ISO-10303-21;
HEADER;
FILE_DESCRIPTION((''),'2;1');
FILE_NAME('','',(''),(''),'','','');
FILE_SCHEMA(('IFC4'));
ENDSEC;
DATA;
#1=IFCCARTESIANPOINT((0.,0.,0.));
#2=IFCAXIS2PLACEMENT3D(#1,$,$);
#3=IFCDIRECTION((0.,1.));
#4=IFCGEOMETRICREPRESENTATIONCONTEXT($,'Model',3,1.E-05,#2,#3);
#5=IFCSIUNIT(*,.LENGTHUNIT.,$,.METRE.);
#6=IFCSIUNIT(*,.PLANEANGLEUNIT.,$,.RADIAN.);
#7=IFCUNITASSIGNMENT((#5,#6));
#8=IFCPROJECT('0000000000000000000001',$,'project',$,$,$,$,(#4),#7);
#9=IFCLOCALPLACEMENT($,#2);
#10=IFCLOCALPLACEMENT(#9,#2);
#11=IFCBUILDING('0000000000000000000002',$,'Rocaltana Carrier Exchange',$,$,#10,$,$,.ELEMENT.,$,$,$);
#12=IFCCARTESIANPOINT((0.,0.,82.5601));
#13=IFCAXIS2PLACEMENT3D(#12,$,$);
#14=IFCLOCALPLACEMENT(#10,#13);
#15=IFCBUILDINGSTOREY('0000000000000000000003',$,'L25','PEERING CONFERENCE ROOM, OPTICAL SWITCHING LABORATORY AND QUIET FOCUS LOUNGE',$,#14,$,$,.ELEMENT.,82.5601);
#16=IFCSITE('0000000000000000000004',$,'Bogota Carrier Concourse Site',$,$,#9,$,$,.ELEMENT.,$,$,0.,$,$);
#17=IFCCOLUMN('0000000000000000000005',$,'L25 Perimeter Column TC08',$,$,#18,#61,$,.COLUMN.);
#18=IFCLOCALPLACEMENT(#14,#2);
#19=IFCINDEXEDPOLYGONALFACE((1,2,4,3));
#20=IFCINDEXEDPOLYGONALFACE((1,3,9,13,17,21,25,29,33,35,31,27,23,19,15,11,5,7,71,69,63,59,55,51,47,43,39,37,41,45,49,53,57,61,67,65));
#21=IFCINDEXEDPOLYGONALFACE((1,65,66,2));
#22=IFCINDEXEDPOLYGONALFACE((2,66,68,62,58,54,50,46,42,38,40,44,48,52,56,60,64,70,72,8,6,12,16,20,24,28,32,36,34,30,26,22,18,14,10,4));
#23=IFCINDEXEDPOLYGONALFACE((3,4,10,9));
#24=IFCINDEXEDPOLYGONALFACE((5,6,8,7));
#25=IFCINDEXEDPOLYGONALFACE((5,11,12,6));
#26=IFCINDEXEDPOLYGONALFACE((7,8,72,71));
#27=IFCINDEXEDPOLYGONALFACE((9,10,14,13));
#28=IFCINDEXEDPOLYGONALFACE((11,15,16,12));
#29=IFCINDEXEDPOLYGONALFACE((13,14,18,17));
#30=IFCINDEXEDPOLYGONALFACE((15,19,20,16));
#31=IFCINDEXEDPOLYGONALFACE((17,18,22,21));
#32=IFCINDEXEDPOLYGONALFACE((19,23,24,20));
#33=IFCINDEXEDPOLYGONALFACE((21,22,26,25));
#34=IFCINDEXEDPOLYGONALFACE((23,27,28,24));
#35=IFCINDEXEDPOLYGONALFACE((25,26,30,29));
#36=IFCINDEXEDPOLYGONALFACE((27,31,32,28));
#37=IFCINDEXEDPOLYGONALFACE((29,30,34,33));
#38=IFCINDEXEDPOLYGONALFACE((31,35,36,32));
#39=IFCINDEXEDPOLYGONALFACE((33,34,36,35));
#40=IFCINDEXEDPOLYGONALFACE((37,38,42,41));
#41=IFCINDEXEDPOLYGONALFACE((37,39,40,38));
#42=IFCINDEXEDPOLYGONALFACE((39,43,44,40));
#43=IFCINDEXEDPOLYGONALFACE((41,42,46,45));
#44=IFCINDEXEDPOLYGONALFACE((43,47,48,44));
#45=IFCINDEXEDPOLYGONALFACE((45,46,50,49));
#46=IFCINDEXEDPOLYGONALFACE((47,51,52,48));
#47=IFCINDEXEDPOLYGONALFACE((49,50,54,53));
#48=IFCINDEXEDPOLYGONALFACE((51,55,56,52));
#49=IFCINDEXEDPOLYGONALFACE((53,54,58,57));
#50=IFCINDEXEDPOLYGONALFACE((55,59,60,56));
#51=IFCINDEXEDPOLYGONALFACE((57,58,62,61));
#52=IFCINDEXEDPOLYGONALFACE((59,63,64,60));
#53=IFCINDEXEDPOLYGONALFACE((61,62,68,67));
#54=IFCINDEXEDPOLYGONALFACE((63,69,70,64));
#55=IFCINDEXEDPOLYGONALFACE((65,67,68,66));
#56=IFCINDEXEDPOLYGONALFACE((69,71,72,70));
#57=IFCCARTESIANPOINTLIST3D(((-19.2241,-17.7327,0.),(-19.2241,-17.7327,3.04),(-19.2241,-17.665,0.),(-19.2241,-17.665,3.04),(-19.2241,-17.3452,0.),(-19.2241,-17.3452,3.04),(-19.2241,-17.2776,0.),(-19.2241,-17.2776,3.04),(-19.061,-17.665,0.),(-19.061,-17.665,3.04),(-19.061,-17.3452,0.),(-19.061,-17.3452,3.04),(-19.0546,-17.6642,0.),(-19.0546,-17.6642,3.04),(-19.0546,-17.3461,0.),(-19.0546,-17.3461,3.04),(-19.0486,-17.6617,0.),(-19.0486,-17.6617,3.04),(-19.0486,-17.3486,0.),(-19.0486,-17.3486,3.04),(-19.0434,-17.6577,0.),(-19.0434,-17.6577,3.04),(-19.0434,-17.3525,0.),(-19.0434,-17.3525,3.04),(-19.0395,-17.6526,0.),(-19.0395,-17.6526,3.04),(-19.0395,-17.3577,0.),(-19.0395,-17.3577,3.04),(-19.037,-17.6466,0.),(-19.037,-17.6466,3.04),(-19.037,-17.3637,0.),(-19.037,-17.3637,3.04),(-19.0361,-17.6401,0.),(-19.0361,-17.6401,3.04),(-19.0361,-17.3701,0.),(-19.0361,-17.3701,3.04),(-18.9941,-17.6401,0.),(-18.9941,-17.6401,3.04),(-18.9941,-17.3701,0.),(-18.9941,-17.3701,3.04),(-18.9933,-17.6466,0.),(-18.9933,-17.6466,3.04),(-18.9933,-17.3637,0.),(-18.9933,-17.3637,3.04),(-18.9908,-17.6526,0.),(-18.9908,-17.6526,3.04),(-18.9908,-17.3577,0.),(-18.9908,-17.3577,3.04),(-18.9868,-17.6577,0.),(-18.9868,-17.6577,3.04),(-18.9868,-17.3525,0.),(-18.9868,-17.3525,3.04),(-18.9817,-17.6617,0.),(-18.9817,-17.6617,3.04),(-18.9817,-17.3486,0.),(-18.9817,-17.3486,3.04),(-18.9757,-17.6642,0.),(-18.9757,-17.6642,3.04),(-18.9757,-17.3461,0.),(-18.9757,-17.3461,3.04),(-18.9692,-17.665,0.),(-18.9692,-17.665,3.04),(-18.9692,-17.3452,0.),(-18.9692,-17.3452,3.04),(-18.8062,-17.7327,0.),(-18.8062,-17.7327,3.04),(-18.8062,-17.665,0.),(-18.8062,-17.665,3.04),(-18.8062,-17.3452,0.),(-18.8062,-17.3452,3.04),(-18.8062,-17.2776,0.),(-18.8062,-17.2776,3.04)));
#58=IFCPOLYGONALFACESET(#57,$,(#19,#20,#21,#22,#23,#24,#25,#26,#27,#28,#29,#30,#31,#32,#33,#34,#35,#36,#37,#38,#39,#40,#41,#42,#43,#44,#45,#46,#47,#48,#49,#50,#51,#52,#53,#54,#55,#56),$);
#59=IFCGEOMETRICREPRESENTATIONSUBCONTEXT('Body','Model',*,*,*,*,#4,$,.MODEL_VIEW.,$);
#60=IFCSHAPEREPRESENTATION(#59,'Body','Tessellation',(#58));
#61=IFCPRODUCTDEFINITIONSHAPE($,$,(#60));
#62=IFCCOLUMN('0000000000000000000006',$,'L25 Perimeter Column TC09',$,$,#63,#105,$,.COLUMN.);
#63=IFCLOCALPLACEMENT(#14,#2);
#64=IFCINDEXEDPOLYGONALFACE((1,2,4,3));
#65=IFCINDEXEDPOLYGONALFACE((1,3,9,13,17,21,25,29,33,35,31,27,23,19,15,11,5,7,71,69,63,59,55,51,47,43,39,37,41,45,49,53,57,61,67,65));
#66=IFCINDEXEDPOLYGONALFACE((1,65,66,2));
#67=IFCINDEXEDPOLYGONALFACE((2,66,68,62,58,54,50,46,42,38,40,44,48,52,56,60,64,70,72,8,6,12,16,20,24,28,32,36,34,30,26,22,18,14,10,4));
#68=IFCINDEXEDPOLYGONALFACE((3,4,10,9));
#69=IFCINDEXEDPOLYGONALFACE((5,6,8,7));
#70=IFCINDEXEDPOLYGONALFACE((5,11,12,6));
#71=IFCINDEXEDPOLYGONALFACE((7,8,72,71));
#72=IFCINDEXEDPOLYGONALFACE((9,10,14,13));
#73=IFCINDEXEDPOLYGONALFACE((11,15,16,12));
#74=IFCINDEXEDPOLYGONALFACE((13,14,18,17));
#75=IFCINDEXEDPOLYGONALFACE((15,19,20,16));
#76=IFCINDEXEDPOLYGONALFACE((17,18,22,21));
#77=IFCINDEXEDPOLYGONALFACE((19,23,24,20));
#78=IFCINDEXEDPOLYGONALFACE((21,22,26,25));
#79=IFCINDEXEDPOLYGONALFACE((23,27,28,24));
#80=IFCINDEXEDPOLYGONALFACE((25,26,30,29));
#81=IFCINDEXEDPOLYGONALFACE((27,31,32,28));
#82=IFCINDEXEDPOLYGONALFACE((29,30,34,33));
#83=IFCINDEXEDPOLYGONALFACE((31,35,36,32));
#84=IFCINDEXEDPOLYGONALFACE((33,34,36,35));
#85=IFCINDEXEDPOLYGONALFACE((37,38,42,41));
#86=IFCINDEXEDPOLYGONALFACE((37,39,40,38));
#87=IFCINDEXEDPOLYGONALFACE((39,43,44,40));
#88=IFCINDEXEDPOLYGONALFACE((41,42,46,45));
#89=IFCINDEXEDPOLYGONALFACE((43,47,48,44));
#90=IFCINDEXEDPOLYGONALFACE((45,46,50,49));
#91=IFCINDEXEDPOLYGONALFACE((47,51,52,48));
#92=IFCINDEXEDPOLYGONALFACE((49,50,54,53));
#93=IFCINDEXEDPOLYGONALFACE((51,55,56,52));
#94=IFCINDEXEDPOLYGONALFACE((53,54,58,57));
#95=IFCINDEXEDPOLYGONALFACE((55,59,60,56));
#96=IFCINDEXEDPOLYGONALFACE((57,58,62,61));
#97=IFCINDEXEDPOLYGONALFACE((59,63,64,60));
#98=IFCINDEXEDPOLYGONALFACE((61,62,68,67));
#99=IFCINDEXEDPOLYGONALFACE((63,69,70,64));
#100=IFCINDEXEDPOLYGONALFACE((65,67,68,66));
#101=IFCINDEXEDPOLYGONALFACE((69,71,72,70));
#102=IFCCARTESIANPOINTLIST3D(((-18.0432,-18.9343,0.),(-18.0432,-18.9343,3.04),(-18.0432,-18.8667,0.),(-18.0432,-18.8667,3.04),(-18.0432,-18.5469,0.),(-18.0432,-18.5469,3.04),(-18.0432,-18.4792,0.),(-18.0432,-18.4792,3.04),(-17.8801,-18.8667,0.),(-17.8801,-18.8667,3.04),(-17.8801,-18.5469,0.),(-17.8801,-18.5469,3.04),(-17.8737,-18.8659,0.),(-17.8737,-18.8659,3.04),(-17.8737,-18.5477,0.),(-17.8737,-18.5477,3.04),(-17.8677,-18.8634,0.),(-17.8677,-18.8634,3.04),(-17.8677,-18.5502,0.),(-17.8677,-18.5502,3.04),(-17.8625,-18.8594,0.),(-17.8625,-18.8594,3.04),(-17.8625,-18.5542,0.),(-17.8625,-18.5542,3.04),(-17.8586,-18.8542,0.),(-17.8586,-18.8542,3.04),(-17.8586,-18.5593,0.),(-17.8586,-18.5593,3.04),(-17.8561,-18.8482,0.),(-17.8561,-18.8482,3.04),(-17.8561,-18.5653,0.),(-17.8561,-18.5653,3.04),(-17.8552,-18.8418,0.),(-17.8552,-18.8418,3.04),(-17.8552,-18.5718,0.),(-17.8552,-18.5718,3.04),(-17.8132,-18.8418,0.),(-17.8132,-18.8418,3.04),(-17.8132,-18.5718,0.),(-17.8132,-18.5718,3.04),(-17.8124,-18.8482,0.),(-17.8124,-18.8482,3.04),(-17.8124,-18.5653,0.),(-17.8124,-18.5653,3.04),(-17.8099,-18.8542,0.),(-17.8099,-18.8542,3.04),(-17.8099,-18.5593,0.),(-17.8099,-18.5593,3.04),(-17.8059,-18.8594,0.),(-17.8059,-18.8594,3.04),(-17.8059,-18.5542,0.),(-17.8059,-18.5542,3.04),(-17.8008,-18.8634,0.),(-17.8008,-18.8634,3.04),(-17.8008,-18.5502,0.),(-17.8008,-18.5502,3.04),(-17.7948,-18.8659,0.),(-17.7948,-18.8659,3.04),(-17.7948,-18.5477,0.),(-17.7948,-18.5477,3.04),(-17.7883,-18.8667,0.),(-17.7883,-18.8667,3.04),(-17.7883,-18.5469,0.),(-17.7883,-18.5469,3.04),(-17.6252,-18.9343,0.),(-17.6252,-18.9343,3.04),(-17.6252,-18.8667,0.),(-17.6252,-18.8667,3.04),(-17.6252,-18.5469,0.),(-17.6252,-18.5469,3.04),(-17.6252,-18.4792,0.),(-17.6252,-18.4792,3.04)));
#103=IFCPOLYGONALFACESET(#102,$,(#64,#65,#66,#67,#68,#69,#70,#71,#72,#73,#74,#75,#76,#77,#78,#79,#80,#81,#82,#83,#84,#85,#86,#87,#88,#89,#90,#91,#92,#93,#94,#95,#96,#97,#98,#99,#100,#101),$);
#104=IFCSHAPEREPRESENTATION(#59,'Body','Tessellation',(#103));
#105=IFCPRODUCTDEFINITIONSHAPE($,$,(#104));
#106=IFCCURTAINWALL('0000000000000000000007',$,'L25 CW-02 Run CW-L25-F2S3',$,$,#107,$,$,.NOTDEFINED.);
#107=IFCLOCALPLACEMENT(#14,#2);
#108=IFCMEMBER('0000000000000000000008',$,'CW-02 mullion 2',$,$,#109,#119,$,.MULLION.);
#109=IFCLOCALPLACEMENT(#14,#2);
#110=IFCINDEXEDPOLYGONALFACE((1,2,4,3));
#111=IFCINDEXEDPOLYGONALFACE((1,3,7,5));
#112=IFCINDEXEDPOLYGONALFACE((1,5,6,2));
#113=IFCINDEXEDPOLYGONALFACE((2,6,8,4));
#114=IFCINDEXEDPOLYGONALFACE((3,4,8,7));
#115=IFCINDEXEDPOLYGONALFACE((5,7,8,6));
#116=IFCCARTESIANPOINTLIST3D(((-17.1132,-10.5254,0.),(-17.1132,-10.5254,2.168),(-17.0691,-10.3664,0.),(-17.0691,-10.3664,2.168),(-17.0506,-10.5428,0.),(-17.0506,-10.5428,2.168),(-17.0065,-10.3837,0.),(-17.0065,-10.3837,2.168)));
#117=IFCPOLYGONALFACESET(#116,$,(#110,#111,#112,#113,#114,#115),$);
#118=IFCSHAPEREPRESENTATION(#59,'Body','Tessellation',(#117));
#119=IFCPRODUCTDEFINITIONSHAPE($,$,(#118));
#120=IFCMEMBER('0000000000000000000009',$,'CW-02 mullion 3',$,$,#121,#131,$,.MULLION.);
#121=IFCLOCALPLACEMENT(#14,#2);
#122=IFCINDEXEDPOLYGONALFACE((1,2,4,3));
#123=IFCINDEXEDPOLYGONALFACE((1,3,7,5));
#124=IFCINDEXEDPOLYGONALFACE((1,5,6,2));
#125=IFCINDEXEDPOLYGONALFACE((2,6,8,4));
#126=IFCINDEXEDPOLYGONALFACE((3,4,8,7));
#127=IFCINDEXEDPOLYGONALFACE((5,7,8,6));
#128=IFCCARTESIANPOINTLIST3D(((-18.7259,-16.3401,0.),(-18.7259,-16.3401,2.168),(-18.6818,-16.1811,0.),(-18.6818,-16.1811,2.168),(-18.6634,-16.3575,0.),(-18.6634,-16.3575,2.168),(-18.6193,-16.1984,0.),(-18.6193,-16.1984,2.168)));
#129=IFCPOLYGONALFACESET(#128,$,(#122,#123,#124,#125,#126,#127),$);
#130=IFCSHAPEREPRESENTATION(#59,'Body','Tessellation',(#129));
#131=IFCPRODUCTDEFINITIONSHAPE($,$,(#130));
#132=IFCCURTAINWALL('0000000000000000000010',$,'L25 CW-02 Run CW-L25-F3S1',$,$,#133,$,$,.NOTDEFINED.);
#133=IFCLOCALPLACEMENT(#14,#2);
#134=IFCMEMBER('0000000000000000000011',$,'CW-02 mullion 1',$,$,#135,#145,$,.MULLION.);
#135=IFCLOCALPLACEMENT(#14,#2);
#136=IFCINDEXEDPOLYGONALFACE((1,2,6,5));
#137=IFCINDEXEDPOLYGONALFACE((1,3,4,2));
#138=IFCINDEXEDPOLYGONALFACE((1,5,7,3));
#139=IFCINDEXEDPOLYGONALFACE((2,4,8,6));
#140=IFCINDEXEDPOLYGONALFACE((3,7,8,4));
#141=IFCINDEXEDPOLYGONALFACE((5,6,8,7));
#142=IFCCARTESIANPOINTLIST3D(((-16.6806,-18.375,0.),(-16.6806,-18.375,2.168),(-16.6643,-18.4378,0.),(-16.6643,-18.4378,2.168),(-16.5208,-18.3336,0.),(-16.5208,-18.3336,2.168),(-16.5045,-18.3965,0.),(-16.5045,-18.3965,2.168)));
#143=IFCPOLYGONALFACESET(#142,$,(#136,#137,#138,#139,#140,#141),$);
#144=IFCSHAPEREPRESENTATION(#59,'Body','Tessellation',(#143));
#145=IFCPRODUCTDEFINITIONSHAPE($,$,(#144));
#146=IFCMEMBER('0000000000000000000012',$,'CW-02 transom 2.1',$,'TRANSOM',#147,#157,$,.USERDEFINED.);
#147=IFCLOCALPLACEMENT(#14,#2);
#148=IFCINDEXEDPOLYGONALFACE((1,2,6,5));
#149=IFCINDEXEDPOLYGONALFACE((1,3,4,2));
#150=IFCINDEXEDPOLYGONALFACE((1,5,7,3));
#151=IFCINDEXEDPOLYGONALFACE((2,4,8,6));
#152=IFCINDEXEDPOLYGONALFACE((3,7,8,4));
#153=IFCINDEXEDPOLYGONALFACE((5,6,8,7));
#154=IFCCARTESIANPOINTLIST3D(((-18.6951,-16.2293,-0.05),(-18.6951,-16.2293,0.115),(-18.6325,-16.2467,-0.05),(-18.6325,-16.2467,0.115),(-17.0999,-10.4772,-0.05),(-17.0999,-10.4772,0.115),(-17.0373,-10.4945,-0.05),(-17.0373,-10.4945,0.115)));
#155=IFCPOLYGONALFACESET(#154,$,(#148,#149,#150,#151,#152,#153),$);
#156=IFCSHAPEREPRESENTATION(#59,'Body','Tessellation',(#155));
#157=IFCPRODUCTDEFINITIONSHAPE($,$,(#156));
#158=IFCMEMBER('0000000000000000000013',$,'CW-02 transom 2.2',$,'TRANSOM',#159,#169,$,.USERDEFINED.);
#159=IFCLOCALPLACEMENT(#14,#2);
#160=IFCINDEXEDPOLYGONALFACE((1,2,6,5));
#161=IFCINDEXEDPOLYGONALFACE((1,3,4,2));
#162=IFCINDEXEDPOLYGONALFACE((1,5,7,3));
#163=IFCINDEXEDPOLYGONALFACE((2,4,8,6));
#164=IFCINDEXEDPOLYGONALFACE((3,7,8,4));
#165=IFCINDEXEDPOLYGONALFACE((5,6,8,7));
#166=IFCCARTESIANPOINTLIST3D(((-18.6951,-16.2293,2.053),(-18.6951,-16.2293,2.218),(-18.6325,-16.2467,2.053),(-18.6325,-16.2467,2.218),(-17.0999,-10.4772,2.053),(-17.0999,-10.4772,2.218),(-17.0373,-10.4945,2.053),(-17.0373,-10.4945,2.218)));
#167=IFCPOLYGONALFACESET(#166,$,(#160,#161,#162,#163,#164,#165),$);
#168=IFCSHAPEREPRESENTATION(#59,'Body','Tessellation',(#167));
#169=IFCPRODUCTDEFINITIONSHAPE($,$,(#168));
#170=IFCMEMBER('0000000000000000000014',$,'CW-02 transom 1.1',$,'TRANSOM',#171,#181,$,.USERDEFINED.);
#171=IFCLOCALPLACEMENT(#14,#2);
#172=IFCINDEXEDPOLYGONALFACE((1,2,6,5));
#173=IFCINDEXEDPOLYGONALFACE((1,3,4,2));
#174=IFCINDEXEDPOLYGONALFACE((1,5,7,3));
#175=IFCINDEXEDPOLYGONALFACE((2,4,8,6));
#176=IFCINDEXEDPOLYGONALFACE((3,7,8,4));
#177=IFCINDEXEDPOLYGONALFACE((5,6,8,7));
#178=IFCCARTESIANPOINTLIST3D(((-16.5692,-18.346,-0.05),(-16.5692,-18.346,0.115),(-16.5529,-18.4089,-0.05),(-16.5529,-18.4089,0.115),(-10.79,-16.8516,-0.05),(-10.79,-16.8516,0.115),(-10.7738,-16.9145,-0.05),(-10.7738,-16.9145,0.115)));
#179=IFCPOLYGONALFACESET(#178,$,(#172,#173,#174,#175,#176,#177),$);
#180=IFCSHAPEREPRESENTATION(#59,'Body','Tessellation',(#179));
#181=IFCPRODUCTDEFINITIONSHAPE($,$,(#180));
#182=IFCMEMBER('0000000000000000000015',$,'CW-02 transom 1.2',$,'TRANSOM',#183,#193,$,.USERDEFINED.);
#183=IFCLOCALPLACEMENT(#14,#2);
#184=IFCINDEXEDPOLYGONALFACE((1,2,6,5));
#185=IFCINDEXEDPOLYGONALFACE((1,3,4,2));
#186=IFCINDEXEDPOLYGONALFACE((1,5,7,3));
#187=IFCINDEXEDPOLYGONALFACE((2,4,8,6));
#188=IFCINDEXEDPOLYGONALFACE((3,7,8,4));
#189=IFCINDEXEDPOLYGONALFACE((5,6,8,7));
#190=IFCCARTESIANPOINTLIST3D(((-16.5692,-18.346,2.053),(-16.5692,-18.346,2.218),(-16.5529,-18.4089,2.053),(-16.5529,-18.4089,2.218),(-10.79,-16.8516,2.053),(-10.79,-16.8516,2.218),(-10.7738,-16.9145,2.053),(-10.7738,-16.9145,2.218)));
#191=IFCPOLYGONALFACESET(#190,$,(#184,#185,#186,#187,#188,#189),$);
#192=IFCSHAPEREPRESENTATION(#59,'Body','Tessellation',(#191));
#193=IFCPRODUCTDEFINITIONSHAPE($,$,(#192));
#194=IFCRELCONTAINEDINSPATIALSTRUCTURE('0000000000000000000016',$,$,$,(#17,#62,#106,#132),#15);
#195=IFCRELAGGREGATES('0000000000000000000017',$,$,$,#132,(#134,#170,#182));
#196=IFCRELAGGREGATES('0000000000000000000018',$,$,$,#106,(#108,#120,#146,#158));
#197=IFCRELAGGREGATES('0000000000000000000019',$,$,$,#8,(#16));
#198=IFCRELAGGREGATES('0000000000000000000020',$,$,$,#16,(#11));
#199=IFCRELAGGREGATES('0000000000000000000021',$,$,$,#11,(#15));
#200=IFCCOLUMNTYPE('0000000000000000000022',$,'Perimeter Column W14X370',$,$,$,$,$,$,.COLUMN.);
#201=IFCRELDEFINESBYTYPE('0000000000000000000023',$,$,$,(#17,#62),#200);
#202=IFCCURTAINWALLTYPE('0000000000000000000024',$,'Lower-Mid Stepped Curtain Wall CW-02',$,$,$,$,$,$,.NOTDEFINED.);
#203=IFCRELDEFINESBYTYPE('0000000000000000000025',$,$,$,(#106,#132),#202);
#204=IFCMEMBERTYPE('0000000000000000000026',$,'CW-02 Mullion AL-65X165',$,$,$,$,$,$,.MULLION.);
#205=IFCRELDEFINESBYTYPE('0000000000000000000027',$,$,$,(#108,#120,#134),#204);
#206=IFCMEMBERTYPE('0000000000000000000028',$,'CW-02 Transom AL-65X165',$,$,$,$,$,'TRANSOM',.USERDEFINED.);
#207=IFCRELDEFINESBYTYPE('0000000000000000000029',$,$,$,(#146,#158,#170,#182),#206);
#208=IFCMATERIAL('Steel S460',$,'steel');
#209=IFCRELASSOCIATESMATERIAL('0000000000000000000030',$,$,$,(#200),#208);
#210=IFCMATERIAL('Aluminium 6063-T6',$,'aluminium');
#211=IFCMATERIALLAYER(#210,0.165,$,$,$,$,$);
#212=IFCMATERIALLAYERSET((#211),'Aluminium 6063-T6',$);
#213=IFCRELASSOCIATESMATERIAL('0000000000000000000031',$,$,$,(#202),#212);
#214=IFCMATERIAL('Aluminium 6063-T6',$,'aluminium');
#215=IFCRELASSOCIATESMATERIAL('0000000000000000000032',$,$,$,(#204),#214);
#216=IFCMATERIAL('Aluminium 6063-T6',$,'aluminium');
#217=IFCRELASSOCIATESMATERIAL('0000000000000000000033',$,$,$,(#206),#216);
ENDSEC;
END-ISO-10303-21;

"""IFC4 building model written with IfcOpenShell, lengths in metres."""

from ifc_helpers import new_model, si_unit, direction, frame, origin, origin_2d, place, context, subcontext, project, spatial, rectangle, i_section, extrude, material, layer, layer_set, material_profile, profile_set, type_object, element, aggregate, save


model = new_model("IFC4")

# Units and contexts
model_context = context("Model", 3, precision=1e-05, world=origin(), true_north=direction((0.0, 1.0)))
body_context = subcontext(model_context, "Body", "Model", "MODEL_VIEW")
ifc_project = project(units=[si_unit("LENGTHUNIT", "METRE"), si_unit("PLANEANGLEUNIT", "RADIAN")], contexts=[model_context])

# Site, building, storey
site_placement = place(None, origin())
site = spatial("IfcSite", under=ifc_project, at=site_placement, Name="Bogota Carrier Concourse Site", CompositionType="ELEMENT", RefElevation=0.0)
building_placement = place(site_placement, origin())
building = spatial("IfcBuilding", under=site, at=building_placement, Name="Rocaltana Carrier Exchange", CompositionType="ELEMENT")
storey_placement = place(building_placement, frame((0.0, 0.0, 82.5601)))
storey = spatial("IfcBuildingStorey", under=building, at=storey_placement, Name="L25", Description="PEERING CONFERENCE ROOM, OPTICAL SWITCHING LABORATORY AND QUIET FOCUS LOUNGE", CompositionType="ELEMENT", Elevation=82.5601)

# Columns
ifc_material_1 = material(Name="Steel S460", Category="steel")
ifc_material_profile_1 = material_profile(ifc_material_1, i_section(OverallWidth=0.418, OverallDepth=0.4551, WebThickness=0.042, FlangeThickness=0.0676, FilletRadius=0.0249, at=origin_2d()), Name="W14X370")
ifc_profile_set_1 = profile_set([ifc_material_profile_1], Name="Steel S460")
column_type = type_object("IfcColumnType", Name="Perimeter Column W14X370", PredefinedType="COLUMN", material=ifc_profile_set_1)
for number, where, z_axis, x_axis, name in (
    (1, (-19.0151, -17.5051, 0.0), (0.0, 0.0, 1.0), (1.0, 0.0, 0.0), "L25 Perimeter Column TC08"),
    (2, (-17.8342, -18.7068, 0.0), (0.0, 0.0, 1.0), (1.0, 0.0, 0.0), "L25 Perimeter Column TC09"),
):
    element("IfcColumn", number, at=place(storey_placement, frame(where, z_axis=z_axis, x_axis=x_axis)), inside=storey, type_object=column_type, Name=name, PredefinedType="COLUMN", context=body_context, shape_type="SweptSolid", body=[
        extrude(i_section(OverallWidth=0.418, OverallDepth=0.4551, WebThickness=0.042, FlangeThickness=0.0676, FilletRadius=0.0249, at=origin_2d()), origin(), (0.0, 0.0, 1.0), 3.04),
    ])

# Curtain wall, members
ifc_material_2 = material(Name="Aluminium 6063-T6", Category="aluminium")
ifc_layer_1 = layer(ifc_material_2, 0.165)
ifc_layer_set_1 = layer_set([ifc_layer_1], Name="Aluminium 6063-T6")
curtain_wall_type = type_object("IfcCurtainWallType", Name="Lower-Mid Stepped Curtain Wall CW-02", PredefinedType="NOTDEFINED", material=ifc_layer_set_1)
curtain_wall_1_placement = place(storey_placement, origin())
curtain_wall_1 = element("IfcCurtainWall", 3, at=curtain_wall_1_placement, inside=storey, type_object=curtain_wall_type, Name="L25 CW-02 Run CW-L25-F2S3", PredefinedType="NOTDEFINED")
ifc_material_3 = material(Name="Aluminium 6063-T6", Category="aluminium")
ifc_material_profile_2 = material_profile(ifc_material_3, rectangle(XDim=0.0649, YDim=0.165, at=origin_2d()), Name="AL-65X165")
ifc_profile_set_2 = profile_set([ifc_material_profile_2], Name="Aluminium 6063-T6")
member_type_1 = type_object("IfcMemberType", Name="CW-02 Mullion AL-65X165", PredefinedType="MULLION", material=ifc_profile_set_2)
member_1_placement = place(storey_placement, frame((-17.0598, -10.4546, 0.0), z_axis=(0.0, 0.0, 1.0), x_axis=(0.963629, -0.267243, 0.0)))
member_1 = element("IfcMember", 4, at=member_1_placement, type_object=member_type_1, Name="CW-02 mullion 2", PredefinedType="MULLION", context=body_context, shape_type="SweptSolid", body=[
    extrude(rectangle(XDim=0.0649, YDim=0.165, at=origin_2d()), origin(), (0.0, 0.0, 1.0), 2.168),
])
member_2_placement = place(storey_placement, frame((-18.6726, -16.2693, 0.0), z_axis=(0.0, 0.0, 1.0), x_axis=(0.963629, -0.267243, 0.0)))
member_2 = element("IfcMember", 5, at=member_2_placement, type_object=member_type_1, Name="CW-02 mullion 3", PredefinedType="MULLION", context=body_context, shape_type="SweptSolid", body=[
    extrude(rectangle(XDim=0.0649, YDim=0.165, at=origin_2d()), origin(), (0.0, 0.0, 1.0), 2.168),
])

# Curtain wall, member
curtain_wall_2_placement = place(storey_placement, origin())
curtain_wall_2 = element("IfcCurtainWall", 6, at=curtain_wall_2_placement, inside=storey, type_object=curtain_wall_type, Name="L25 CW-02 Run CW-L25-F3S1", PredefinedType="NOTDEFINED")
member_3_placement = place(storey_placement, frame((-16.5925, -18.3857, 0.0), z_axis=(0.0, 0.0, 1.0), x_axis=(-0.250378, 0.968148, 0.0)))
member_3 = element("IfcMember", 7, at=member_3_placement, type_object=member_type_1, Name="CW-02 mullion 1", PredefinedType="MULLION", context=body_context, shape_type="SweptSolid", body=[
    extrude(rectangle(XDim=0.0649, YDim=0.165, at=origin_2d()), origin(), (0.0, 0.0, 1.0), 2.168),
])

# Members
ifc_material_4 = material(Name="Aluminium 6063-T6", Category="aluminium")
ifc_material_profile_3 = material_profile(ifc_material_4, rectangle(XDim=0.0649, YDim=0.165, at=origin_2d()), Name="AL-65X165")
ifc_profile_set_3 = profile_set([ifc_material_profile_3], Name="Aluminium 6063-T6")
member_type_2 = type_object("IfcMemberType", Name="CW-02 Transom AL-65X165", ElementType="TRANSOM", PredefinedType="USERDEFINED", material=ifc_profile_set_3)
member_4_placement = place(storey_placement, frame((-17.0686, -10.4858, 0.0325), z_axis=(-0.267237, -0.963631, 0.0), x_axis=(0.963631, -0.267237, 0.0)))
member_4 = element("IfcMember", 8, at=member_4_placement, type_object=member_type_2, Name="CW-02 transom 2.1", ObjectType="TRANSOM", PredefinedType="USERDEFINED", context=body_context, shape_type="SweptSolid", body=[
    extrude(rectangle(XDim=0.0649, YDim=0.165, at=origin_2d()), origin(), (0.0, 0.0, 1.0), 5.9692),
])
member_5_placement = place(storey_placement, frame((-17.0686, -10.4858, 2.1355), z_axis=(-0.267237, -0.963631, 0.0), x_axis=(0.963631, -0.267237, 0.0)))
member_5 = element("IfcMember", 9, at=member_5_placement, type_object=member_type_2, Name="CW-02 transom 2.2", ObjectType="TRANSOM", PredefinedType="USERDEFINED", context=body_context, shape_type="SweptSolid", body=[
    extrude(rectangle(XDim=0.0649, YDim=0.165, at=origin_2d()), origin(), (0.0, 0.0, 1.0), 5.9692),
])
member_6_placement = place(storey_placement, frame((-16.561, -18.3774, 0.0325), z_axis=(0.968155, 0.250352, 0.0), x_axis=(-0.250352, 0.968155, 0.0)))
member_6 = element("IfcMember", 10, at=member_6_placement, type_object=member_type_2, Name="CW-02 transom 1.1", ObjectType="TRANSOM", PredefinedType="USERDEFINED", context=body_context, shape_type="SweptSolid", body=[
    extrude(rectangle(XDim=0.0649, YDim=0.165, at=origin_2d()), origin(), (0.0, 0.0, 1.0), 5.9692),
])
member_7_placement = place(storey_placement, frame((-16.561, -18.3774, 2.1355), z_axis=(0.968155, 0.250352, 0.0), x_axis=(-0.250352, 0.968155, 0.0)))
member_7 = element("IfcMember", 11, at=member_7_placement, type_object=member_type_2, Name="CW-02 transom 1.2", ObjectType="TRANSOM", PredefinedType="USERDEFINED", context=body_context, shape_type="SweptSolid", body=[
    extrude(rectangle(XDim=0.0649, YDim=0.165, at=origin_2d()), origin(), (0.0, 0.0, 1.0), 5.9692),
])
aggregate(curtain_wall_2, [member_3, member_6, member_7])

aggregate(curtain_wall_1, [member_1, member_2, member_4, member_5])

save(model, "model.ifc")
